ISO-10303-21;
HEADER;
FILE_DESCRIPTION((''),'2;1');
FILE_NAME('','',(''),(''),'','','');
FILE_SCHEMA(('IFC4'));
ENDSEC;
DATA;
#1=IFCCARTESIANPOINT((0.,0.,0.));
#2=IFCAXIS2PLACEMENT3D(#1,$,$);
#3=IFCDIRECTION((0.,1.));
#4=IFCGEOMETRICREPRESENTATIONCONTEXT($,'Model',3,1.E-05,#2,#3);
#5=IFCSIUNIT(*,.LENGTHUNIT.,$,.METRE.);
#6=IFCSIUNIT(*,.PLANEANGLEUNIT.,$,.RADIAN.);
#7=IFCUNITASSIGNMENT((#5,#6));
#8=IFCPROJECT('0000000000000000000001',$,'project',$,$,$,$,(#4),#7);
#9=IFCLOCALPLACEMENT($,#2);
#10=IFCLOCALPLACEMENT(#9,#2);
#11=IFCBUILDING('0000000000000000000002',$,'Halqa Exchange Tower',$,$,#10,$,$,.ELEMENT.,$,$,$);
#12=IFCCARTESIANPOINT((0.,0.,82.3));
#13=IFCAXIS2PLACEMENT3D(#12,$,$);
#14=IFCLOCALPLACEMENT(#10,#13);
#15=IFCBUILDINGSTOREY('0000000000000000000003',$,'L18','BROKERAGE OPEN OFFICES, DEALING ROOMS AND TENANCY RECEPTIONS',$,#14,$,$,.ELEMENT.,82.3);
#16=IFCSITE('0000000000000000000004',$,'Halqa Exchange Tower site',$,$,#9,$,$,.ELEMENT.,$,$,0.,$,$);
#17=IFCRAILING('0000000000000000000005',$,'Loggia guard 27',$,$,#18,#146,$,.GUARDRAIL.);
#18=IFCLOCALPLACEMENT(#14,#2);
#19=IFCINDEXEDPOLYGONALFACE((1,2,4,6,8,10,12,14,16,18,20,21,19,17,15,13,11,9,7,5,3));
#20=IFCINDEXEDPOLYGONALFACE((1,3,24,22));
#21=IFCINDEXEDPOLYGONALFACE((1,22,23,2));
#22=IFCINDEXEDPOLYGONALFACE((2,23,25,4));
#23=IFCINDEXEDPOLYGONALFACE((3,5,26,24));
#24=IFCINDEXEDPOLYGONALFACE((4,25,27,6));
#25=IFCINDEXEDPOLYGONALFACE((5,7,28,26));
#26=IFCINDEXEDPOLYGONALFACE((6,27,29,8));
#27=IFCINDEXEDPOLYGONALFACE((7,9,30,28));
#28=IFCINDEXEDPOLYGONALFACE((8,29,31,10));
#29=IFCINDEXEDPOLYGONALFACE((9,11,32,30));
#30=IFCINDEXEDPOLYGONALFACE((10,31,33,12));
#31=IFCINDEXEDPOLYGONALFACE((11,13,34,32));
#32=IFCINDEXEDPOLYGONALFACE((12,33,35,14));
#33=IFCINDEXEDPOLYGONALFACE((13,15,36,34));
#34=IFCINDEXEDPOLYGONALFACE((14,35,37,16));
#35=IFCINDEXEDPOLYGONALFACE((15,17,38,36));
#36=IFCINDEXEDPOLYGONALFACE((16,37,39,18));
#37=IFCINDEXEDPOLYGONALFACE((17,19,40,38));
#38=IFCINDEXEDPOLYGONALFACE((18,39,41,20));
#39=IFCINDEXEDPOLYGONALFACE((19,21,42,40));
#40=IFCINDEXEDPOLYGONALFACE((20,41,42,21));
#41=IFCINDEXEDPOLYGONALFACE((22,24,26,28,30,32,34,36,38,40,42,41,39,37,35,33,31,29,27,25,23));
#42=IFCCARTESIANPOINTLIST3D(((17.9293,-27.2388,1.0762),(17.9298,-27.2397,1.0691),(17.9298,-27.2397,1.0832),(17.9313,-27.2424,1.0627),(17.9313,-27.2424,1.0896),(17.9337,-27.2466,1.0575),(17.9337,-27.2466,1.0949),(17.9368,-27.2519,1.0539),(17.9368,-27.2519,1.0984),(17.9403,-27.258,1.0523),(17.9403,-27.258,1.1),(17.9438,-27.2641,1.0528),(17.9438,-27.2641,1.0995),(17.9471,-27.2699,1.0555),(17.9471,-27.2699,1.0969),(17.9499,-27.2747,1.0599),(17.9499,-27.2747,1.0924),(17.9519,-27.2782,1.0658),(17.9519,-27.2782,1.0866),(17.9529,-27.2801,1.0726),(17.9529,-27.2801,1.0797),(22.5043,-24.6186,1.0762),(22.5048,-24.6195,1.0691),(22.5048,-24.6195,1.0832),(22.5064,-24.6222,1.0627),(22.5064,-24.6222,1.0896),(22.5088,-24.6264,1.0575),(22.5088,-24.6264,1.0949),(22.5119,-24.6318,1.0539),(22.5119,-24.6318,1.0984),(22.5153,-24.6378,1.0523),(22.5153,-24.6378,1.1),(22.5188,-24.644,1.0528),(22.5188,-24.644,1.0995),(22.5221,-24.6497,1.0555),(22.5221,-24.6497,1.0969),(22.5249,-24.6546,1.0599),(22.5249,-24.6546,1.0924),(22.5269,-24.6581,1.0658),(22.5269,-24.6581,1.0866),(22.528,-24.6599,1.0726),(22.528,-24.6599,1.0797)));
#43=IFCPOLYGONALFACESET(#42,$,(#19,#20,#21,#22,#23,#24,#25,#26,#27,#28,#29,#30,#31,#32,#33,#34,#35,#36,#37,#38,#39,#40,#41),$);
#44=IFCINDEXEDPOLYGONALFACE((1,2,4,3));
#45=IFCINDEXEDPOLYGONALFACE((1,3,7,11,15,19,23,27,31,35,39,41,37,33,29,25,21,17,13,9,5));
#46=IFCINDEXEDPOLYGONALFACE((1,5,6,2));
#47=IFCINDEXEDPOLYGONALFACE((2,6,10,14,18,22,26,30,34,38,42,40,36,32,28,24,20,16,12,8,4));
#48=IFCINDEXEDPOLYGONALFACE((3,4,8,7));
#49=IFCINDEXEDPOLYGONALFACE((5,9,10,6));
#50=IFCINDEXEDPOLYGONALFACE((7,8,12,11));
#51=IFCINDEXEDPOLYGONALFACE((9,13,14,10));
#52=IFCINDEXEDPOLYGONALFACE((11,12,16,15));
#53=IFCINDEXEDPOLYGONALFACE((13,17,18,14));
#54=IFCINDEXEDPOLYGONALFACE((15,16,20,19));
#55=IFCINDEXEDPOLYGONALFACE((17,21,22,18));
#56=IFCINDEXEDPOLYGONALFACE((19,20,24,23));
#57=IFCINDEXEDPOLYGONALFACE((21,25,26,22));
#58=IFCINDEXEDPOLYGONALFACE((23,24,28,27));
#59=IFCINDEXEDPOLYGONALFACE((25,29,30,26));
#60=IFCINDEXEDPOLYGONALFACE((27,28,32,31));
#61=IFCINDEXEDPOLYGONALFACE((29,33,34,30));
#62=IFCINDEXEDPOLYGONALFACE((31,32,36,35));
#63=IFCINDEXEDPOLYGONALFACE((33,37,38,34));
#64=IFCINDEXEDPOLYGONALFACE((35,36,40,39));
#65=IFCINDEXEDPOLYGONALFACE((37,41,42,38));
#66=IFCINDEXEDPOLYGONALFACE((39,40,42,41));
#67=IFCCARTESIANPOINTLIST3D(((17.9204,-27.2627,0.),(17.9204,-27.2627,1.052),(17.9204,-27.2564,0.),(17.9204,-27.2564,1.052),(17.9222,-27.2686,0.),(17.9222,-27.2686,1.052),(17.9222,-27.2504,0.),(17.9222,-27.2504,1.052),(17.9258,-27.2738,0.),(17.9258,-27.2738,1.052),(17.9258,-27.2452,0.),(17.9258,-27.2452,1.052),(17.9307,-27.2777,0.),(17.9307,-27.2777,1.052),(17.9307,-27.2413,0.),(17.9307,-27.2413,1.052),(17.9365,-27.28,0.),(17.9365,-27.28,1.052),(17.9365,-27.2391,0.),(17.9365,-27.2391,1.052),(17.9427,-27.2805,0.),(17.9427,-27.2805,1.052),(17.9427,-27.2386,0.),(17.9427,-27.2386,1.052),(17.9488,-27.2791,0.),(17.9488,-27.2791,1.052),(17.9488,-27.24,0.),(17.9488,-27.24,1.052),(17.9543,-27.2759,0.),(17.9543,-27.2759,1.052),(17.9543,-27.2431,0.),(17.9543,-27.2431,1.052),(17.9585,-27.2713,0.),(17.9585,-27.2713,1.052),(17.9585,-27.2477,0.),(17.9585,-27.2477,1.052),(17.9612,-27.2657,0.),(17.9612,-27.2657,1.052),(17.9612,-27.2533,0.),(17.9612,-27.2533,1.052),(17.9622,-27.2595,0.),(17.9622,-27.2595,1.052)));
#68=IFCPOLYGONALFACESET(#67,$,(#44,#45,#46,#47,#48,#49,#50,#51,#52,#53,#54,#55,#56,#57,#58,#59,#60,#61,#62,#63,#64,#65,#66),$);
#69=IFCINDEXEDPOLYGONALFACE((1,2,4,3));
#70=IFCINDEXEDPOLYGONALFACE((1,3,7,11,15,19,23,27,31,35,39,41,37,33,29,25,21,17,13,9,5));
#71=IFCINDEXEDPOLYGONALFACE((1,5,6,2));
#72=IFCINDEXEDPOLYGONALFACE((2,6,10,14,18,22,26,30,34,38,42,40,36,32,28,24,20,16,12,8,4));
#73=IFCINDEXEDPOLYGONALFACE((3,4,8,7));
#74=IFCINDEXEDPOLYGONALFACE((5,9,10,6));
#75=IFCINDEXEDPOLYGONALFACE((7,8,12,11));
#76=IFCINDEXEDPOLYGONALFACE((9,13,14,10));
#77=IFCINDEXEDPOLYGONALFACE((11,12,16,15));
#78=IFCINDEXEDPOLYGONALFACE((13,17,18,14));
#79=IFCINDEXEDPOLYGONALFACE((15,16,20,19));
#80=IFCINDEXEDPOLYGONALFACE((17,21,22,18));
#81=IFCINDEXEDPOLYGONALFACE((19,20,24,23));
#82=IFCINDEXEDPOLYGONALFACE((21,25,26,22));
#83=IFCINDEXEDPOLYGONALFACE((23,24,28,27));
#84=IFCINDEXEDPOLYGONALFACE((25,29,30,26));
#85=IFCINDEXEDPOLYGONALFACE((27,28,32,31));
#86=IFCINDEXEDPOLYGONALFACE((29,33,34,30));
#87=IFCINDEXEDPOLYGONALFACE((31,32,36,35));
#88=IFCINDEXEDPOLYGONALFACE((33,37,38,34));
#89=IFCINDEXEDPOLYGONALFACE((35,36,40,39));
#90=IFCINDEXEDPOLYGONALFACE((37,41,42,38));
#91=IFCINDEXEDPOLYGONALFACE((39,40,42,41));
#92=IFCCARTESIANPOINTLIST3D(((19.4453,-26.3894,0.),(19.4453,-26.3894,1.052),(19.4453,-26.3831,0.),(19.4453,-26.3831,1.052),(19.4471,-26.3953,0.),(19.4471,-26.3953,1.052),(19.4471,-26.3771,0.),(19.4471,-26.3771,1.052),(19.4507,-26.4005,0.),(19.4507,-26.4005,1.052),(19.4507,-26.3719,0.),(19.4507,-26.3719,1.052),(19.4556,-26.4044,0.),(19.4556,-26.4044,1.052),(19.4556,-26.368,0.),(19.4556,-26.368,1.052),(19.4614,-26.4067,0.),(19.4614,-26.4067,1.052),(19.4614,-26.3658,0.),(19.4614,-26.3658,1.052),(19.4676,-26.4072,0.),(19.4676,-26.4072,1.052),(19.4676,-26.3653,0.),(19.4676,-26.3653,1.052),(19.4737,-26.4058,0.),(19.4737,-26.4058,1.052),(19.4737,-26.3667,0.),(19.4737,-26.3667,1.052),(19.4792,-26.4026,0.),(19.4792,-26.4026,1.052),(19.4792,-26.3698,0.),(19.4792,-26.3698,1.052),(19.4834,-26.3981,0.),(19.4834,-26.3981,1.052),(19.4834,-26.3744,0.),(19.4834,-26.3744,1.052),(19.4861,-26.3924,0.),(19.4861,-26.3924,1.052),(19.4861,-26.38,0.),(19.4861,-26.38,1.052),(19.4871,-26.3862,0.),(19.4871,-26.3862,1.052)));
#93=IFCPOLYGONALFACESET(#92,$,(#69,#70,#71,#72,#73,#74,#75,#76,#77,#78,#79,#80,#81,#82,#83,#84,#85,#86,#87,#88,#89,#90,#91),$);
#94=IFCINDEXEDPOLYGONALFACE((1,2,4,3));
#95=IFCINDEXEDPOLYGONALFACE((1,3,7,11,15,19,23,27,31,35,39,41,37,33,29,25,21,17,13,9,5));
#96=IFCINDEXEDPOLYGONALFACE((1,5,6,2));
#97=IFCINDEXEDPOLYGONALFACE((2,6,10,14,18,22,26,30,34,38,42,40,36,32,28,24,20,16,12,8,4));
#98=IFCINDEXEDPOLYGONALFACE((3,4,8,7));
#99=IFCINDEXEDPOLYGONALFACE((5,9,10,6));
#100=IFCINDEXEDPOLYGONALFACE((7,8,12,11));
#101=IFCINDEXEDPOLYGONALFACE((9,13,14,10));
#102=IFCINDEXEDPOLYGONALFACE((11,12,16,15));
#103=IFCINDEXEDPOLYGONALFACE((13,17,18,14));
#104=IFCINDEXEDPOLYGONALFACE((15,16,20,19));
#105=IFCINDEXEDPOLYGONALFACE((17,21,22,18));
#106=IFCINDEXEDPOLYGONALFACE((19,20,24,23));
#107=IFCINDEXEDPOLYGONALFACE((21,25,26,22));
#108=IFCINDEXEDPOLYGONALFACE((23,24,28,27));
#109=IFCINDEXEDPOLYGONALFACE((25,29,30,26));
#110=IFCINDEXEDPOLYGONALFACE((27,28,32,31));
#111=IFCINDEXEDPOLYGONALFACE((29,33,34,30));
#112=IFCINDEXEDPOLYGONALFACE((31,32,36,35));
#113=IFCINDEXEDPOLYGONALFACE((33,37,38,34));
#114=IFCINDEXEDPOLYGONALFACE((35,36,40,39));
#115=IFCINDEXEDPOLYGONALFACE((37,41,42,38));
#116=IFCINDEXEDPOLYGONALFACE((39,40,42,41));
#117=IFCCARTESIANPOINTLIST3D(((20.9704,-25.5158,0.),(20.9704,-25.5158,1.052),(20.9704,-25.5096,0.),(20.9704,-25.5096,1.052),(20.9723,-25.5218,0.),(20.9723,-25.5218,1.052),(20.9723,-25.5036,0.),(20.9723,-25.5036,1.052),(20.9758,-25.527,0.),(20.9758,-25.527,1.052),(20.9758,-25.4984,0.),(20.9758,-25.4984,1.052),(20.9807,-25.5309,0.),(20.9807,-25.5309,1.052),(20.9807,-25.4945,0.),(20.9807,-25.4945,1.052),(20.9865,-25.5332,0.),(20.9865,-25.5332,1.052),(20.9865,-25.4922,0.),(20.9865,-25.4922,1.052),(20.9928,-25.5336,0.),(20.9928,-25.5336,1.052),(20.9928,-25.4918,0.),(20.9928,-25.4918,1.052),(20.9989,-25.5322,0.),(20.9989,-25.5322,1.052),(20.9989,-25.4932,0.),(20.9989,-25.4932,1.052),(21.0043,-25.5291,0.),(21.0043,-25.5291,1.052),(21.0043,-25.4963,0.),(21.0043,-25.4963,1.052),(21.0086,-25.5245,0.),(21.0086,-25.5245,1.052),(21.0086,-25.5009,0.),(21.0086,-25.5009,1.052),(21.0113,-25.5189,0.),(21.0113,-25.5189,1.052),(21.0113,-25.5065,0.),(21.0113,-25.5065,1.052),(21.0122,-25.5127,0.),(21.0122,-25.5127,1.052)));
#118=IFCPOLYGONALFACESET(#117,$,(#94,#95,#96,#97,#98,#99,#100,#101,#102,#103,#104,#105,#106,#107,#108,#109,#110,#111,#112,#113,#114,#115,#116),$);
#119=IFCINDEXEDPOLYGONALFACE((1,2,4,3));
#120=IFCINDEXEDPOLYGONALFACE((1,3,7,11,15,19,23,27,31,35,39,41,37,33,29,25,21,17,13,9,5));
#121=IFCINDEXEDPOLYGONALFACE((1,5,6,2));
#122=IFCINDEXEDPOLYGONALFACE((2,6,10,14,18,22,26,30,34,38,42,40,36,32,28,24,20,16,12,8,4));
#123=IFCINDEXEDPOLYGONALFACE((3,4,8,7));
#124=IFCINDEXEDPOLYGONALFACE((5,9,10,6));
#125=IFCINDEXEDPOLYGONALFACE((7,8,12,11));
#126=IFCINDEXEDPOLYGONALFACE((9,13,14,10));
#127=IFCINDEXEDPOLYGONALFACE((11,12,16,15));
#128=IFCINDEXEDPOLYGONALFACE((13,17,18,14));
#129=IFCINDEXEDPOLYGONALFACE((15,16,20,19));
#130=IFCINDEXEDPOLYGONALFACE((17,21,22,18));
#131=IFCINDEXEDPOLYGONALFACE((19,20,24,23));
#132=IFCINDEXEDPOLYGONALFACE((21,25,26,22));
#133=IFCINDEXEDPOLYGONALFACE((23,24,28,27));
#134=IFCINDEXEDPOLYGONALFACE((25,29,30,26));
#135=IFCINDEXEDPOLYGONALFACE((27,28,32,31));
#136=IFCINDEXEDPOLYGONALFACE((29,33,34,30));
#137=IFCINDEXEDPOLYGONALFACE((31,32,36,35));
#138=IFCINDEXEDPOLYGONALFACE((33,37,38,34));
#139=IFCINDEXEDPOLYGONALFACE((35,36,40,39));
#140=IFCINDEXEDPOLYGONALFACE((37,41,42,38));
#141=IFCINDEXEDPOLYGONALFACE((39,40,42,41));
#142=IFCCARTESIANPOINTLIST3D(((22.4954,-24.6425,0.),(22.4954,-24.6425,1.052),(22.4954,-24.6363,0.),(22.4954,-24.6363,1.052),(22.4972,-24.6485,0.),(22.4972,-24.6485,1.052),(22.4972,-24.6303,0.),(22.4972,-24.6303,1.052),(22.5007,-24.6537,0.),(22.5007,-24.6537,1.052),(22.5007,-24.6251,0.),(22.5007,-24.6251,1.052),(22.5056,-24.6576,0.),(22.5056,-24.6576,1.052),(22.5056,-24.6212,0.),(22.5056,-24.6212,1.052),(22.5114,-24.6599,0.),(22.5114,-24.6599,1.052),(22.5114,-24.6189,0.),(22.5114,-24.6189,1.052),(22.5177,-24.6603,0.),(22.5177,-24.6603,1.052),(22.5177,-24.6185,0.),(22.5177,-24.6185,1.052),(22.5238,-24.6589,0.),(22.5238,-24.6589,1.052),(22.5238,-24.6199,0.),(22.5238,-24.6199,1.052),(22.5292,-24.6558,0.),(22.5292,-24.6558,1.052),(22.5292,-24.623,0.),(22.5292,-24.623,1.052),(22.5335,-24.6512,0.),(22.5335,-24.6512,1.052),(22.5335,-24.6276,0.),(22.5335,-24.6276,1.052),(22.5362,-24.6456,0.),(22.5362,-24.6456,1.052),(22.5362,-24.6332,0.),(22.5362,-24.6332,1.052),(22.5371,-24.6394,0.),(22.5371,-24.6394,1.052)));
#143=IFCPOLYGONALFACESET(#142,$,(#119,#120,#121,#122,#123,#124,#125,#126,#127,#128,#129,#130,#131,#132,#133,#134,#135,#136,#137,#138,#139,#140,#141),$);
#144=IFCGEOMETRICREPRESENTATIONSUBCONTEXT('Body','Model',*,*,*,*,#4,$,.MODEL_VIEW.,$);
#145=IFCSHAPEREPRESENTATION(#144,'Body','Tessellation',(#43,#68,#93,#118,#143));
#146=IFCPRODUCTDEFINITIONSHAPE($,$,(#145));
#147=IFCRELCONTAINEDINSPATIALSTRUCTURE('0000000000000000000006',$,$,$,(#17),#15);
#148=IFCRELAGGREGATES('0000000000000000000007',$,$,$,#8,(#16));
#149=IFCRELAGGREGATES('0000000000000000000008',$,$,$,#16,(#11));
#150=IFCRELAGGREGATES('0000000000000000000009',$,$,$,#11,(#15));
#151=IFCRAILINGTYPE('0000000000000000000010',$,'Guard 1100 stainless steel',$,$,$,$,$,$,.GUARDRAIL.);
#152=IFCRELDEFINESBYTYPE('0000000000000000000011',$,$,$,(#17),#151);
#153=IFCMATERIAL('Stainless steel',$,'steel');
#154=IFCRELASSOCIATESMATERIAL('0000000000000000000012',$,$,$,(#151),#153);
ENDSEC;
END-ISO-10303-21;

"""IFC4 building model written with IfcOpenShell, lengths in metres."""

from ifc_helpers import new_model, si_unit, direction, frame, origin, origin_2d, place, context, subcontext, project, spatial, circle, extrude, material, type_object, element, save


model = new_model("IFC4")

# Units and contexts
model_context = context("Model", 3, precision=1e-05, world=origin(), true_north=direction((0.0, 1.0)))
body_context = subcontext(model_context, "Body", "Model", "MODEL_VIEW")
ifc_project = project(units=[si_unit("LENGTHUNIT", "METRE"), si_unit("PLANEANGLEUNIT", "RADIAN")], contexts=[model_context])

# Site, building, storey
site_placement = place(None, origin())
site = spatial("IfcSite", under=ifc_project, at=site_placement, Name="Halqa Exchange Tower site", CompositionType="ELEMENT", RefElevation=0.0)
building_placement = place(site_placement, origin())
building = spatial("IfcBuilding", under=site, at=building_placement, Name="Halqa Exchange Tower", CompositionType="ELEMENT")
storey_placement = place(building_placement, frame((0.0, 0.0, 82.3)))
storey = spatial("IfcBuildingStorey", under=building, at=storey_placement, Name="L18", Description="BROKERAGE OPEN OFFICES, DEALING ROOMS AND TENANCY RECEPTIONS", CompositionType="ELEMENT", Elevation=82.3)

# Railing
ifc_material_1 = material(Name="Stainless steel", Category="steel")
railing_type = type_object("IfcRailingType", Name="Guard 1100 stainless steel", PredefinedType="GUARDRAIL", material=ifc_material_1)
railing_1_placement = place(storey_placement, frame((17.9412, -27.2595, 0.0)))
element("IfcRailing", 1, at=railing_1_placement, inside=storey, type_object=railing_type, Name="Loggia guard 27", PredefinedType="GUARDRAIL", context=body_context, shape_type="SweptSolid", body=[
    extrude(circle(Radius=0.0239, at=origin_2d()), frame((0.0, 0.0, 1.0762), z_axis=(0.867764, 0.496977, 0.0), x_axis=(-0.496977, 0.867764, 0.0)), (0.0, 0.0, 1.0), 5.2722),
    extrude(circle(Radius=0.021, at=origin_2d()), origin(), (0.0, 0.0, 1.0), 1.052),
    extrude(circle(Radius=0.021, at=origin_2d()), frame((1.5249, 0.8733, 0.0)), (0.0, 0.0, 1.0), 1.052),
    extrude(circle(Radius=0.021, at=origin_2d()), frame((3.05, 1.7468, 0.0)), (0.0, 0.0, 1.0), 1.052),
    extrude(circle(Radius=0.021, at=origin_2d()), frame((4.575, 2.6201, 0.0)), (0.0, 0.0, 1.0), 1.052),
])

save(model, "model.ifc")
